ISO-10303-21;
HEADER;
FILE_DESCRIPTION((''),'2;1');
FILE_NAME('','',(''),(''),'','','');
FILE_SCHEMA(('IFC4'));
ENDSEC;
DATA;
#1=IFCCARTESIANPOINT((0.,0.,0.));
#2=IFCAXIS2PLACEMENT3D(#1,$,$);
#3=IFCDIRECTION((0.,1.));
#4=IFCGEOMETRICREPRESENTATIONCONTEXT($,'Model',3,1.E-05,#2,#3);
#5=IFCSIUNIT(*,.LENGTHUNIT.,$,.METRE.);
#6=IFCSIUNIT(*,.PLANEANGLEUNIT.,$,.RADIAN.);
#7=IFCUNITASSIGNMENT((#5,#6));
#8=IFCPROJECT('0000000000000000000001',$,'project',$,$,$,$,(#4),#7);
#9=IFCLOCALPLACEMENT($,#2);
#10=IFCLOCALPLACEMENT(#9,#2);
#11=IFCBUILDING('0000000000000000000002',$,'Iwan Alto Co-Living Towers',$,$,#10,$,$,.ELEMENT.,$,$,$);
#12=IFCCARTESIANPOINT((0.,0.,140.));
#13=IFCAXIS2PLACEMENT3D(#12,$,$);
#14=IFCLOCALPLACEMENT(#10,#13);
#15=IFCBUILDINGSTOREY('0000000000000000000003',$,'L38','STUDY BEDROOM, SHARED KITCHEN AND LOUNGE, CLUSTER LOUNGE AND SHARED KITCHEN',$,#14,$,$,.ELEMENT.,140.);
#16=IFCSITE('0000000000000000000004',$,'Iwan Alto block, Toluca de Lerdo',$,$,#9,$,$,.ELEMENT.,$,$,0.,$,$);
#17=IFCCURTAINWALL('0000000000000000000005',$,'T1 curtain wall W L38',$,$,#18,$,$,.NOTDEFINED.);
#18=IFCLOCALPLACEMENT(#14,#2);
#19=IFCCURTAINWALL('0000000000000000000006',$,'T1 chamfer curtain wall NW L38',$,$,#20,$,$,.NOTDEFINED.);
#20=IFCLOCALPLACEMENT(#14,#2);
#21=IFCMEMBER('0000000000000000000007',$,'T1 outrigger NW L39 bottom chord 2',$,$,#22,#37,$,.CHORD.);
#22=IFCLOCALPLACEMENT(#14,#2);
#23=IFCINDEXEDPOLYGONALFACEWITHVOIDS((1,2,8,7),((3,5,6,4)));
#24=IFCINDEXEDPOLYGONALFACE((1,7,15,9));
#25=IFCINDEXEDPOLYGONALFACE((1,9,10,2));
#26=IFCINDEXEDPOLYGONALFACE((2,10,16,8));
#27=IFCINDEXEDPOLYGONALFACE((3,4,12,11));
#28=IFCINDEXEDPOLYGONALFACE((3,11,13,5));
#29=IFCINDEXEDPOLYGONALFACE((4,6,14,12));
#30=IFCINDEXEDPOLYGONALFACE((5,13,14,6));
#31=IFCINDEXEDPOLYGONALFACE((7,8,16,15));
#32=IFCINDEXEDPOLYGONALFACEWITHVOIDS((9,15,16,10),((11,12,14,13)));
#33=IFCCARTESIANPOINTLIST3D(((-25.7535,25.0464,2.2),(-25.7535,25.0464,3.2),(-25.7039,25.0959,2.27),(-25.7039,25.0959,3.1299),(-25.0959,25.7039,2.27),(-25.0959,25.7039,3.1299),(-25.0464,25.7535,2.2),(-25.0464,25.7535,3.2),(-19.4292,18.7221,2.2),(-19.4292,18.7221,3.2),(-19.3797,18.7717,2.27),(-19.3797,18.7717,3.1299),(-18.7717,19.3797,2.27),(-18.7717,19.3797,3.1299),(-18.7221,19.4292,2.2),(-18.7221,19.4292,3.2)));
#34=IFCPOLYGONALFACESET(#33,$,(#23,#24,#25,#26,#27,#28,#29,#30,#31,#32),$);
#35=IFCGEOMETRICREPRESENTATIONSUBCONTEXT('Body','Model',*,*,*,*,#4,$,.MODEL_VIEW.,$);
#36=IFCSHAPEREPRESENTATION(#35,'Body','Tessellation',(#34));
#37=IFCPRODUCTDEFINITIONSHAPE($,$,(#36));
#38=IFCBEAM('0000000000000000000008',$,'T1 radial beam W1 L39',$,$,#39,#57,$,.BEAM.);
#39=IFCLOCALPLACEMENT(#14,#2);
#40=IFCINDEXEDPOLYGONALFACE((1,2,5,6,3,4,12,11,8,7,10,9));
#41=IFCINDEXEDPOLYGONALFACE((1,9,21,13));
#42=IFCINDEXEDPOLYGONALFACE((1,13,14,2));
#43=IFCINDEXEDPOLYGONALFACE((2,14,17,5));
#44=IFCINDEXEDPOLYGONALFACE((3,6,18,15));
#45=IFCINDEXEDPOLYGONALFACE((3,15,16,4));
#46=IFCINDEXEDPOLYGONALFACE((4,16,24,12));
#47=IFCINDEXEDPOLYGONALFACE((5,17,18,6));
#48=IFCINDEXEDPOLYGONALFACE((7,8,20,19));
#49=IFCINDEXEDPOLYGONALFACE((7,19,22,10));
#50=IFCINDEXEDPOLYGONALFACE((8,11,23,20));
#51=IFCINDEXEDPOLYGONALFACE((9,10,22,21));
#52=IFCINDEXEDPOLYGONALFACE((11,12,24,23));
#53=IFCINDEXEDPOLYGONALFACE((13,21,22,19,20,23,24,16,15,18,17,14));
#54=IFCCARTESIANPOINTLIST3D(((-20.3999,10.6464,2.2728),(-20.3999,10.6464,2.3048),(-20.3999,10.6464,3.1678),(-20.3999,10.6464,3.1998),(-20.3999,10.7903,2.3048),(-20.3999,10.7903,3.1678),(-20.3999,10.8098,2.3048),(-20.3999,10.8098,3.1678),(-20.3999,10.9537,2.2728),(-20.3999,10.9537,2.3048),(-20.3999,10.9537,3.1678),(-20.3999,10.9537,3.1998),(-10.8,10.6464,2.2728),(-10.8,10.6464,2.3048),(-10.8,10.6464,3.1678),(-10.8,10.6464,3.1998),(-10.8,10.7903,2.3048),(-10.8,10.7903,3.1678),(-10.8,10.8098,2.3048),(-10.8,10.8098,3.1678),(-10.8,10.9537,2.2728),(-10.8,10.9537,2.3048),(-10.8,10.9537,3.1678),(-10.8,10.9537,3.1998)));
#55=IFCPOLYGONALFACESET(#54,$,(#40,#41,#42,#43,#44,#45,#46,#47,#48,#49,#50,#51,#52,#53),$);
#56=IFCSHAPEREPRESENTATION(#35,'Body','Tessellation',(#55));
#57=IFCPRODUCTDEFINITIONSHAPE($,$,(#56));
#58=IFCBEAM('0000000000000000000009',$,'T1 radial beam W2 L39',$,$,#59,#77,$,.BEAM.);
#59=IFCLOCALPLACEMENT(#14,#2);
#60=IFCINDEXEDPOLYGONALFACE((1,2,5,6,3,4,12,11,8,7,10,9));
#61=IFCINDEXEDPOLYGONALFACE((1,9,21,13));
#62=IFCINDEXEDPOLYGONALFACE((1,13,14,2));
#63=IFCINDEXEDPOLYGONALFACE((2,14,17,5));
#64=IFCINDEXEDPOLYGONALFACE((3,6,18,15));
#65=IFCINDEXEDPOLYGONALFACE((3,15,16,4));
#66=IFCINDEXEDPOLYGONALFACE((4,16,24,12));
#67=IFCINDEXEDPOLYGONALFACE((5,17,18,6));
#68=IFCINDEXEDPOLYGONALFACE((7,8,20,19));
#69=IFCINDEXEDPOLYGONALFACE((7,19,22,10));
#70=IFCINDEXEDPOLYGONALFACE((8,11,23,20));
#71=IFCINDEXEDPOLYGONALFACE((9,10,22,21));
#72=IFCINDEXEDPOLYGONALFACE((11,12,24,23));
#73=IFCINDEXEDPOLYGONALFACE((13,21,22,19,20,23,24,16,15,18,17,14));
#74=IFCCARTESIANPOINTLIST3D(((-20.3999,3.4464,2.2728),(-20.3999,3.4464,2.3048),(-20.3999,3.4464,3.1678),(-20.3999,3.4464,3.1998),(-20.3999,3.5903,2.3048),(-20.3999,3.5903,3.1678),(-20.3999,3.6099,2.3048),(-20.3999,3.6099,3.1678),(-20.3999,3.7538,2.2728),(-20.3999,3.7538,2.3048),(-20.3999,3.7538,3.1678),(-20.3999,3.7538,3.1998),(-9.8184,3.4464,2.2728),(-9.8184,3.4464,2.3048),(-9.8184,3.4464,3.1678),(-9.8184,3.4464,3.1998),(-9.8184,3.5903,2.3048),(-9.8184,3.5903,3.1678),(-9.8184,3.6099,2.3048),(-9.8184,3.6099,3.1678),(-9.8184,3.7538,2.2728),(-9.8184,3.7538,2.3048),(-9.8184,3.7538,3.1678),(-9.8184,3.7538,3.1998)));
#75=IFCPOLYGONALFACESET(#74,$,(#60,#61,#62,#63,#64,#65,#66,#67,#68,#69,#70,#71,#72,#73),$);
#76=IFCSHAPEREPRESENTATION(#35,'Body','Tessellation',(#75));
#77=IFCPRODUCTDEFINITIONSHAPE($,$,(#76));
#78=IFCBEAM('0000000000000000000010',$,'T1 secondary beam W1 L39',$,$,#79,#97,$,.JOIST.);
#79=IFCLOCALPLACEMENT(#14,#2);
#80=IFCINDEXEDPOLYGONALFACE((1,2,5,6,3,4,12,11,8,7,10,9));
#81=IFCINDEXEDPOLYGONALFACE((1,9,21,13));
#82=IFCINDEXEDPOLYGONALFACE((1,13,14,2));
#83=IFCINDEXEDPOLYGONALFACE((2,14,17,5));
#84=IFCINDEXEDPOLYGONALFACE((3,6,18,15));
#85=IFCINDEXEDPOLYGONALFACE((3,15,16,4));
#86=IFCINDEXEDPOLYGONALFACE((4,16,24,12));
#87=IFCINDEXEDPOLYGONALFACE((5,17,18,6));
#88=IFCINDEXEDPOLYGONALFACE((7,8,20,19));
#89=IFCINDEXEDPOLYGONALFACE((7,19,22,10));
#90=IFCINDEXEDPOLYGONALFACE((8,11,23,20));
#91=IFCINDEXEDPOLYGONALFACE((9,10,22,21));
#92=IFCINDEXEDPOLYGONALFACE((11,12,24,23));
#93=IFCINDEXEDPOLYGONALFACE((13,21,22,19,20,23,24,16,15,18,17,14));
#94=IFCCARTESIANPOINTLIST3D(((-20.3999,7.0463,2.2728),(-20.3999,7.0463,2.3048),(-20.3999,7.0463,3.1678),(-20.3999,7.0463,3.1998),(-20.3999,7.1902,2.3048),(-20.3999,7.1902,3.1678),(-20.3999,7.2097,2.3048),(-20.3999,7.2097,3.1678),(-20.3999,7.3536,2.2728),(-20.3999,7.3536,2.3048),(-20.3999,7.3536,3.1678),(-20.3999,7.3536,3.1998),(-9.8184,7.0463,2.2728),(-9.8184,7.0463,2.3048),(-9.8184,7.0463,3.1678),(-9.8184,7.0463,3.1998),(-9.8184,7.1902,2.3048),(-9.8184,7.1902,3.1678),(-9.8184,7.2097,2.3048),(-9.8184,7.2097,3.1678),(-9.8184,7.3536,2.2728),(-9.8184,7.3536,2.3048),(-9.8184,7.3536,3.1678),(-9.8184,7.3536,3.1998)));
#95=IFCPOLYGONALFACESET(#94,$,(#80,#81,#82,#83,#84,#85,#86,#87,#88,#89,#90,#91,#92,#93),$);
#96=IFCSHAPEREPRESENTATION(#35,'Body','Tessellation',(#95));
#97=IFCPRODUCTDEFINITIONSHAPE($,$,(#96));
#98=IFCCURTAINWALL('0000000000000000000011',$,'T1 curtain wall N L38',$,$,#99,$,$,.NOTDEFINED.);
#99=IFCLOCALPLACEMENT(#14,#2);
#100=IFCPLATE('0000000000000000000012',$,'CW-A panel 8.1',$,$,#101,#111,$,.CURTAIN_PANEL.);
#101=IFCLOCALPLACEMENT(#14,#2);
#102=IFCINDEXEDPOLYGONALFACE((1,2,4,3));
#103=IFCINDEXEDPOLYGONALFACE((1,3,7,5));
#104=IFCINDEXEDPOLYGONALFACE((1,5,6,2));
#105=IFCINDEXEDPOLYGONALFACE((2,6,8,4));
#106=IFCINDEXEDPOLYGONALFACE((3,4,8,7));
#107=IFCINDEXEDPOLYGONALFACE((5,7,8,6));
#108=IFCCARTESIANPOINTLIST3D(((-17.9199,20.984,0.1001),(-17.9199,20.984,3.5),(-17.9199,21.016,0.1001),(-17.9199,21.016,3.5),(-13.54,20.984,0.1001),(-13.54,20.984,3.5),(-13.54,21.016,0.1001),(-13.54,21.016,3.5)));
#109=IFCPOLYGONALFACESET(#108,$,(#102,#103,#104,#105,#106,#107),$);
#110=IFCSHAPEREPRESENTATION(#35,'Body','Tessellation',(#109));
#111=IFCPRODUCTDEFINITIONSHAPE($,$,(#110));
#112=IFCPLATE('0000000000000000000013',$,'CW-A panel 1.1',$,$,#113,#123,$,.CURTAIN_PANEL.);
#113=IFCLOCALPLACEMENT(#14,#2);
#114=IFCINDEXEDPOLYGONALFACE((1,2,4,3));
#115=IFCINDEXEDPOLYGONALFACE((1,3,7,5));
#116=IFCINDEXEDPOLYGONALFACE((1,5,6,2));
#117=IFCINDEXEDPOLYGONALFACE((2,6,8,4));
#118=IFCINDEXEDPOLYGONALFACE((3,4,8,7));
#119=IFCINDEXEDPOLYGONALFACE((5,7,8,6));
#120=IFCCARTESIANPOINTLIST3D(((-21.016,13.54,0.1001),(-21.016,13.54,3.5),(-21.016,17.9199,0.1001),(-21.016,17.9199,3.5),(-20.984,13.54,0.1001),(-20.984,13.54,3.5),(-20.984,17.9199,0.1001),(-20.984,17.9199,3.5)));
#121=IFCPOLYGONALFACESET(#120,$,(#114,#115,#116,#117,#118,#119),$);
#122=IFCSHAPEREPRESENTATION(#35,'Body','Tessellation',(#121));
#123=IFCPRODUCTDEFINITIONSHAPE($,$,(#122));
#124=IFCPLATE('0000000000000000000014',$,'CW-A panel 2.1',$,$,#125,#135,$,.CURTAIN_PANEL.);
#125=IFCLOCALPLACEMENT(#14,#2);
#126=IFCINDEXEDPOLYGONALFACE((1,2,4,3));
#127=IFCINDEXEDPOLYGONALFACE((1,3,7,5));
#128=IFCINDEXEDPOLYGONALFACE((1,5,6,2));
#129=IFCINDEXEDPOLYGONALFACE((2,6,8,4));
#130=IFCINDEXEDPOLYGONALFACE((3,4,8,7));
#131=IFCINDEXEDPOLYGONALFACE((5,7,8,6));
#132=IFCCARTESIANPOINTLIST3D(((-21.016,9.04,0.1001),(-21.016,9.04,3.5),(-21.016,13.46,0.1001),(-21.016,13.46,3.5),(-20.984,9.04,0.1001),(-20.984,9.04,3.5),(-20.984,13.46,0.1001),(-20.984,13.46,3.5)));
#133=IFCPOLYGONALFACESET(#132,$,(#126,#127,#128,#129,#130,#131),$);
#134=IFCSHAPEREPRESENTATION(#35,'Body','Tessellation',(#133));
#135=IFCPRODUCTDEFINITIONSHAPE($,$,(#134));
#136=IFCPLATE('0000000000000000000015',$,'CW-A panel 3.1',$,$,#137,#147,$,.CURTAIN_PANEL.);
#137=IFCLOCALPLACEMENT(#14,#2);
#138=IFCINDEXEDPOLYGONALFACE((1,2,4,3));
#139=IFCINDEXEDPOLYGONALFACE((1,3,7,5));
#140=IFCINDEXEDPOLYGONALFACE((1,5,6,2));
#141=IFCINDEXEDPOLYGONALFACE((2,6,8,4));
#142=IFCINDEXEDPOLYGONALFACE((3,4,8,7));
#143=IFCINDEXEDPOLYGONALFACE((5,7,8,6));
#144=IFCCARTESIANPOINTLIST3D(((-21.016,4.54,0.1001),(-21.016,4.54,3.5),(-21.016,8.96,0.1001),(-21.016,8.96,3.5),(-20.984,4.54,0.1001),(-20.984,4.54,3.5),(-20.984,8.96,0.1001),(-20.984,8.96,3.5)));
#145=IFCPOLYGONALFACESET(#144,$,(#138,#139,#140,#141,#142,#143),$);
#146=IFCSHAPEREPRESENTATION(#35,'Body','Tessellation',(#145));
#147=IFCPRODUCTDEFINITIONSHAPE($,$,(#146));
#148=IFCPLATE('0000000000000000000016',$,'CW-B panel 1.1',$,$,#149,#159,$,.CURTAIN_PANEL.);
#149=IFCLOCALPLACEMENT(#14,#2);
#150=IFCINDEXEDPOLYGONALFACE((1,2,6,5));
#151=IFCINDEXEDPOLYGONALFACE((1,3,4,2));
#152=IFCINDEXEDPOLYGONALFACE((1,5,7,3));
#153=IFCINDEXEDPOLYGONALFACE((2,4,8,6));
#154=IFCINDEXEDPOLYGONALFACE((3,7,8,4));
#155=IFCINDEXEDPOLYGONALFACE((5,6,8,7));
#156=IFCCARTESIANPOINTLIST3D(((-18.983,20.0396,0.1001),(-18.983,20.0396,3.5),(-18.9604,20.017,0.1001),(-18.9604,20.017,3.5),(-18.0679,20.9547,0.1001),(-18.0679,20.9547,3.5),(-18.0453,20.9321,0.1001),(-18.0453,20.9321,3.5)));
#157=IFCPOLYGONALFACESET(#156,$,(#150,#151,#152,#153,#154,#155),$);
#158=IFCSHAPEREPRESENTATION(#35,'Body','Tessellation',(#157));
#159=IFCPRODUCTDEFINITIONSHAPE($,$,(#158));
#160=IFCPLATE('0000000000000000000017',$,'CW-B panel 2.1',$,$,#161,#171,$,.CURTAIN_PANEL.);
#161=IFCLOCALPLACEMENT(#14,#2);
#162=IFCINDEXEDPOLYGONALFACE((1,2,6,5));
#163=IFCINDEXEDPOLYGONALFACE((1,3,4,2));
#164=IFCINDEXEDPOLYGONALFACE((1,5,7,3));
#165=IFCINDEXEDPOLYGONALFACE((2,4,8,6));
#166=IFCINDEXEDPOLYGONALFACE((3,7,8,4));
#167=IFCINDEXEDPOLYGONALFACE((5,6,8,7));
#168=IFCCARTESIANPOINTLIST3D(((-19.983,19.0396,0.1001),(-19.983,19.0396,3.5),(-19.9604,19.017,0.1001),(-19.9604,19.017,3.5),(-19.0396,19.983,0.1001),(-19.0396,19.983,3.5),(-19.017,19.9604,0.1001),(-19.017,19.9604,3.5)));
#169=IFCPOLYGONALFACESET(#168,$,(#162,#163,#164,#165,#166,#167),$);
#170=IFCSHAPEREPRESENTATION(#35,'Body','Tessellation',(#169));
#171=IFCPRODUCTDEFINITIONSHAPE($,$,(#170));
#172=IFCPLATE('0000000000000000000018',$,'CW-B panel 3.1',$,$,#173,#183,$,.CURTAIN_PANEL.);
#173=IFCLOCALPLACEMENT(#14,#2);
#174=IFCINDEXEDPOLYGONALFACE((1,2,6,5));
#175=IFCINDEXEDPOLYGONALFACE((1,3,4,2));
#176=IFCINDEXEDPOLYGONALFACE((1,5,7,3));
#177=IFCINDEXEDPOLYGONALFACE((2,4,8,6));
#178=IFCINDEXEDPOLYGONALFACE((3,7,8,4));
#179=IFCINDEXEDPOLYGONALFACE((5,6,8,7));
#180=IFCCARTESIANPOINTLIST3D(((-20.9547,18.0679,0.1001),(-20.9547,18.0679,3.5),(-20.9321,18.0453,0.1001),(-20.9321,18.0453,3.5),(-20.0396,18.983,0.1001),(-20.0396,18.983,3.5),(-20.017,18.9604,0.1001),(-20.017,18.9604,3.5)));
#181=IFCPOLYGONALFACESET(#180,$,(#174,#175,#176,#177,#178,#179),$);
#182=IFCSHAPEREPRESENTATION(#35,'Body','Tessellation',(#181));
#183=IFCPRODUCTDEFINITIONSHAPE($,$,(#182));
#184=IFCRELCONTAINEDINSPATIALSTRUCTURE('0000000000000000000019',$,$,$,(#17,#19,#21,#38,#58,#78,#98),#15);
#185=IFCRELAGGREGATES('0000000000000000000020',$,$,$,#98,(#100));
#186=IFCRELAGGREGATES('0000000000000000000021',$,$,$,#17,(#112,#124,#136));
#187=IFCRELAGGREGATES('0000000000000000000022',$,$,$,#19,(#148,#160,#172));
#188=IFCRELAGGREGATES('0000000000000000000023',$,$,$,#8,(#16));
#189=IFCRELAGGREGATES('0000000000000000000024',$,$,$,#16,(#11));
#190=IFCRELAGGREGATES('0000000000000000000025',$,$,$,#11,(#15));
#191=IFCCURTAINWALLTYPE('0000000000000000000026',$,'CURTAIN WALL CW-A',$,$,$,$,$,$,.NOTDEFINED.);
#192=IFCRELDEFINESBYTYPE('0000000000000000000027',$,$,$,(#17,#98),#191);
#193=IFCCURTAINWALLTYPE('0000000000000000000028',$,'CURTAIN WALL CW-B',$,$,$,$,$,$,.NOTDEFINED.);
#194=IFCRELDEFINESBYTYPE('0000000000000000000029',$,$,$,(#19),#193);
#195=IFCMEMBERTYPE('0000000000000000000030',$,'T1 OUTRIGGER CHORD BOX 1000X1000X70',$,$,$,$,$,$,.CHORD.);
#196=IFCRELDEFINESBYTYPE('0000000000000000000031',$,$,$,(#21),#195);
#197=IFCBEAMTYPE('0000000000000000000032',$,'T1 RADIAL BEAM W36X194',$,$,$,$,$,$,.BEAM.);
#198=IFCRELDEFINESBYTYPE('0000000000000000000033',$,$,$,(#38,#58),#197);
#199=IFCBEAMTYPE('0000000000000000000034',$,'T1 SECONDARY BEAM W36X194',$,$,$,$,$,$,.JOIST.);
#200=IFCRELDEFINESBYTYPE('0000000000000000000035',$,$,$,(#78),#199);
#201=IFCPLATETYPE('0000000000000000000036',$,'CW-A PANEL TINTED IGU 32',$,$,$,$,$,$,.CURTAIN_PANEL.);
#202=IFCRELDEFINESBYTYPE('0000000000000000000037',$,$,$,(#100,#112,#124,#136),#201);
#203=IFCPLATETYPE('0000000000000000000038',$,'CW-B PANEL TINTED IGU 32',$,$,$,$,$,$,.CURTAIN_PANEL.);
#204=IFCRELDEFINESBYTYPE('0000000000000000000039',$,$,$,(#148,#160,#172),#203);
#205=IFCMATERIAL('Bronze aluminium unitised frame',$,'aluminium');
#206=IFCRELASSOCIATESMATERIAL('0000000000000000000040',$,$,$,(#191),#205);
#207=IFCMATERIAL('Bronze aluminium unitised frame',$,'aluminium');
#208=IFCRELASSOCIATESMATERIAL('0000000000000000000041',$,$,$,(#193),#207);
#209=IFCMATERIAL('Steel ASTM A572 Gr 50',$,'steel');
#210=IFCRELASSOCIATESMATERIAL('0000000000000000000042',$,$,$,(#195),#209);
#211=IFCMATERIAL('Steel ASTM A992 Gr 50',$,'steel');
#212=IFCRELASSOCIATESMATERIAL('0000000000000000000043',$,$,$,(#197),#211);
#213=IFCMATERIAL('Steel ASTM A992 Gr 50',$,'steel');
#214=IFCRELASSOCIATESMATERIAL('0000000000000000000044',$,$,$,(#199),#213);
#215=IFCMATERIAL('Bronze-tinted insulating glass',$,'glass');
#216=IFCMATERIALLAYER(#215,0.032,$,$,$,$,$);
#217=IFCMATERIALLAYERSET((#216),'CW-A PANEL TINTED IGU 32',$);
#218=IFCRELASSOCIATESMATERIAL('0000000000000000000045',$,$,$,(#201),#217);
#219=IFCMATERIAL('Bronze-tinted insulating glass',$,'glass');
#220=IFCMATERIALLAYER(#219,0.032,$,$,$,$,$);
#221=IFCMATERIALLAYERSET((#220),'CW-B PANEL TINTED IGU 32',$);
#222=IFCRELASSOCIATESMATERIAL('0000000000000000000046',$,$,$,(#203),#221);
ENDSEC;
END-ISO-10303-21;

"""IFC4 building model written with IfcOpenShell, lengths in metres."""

from ifc_helpers import new_model, si_unit, direction, frame, origin, origin_2d, place, context, subcontext, project, spatial, rectangle, hollow_rectangle, i_section, extrude, material, layer, layer_set, material_profile, profile_set, type_object, element, aggregate, save


model = new_model("IFC4")

# Units and contexts
model_context = context("Model", 3, precision=1e-05, world=origin(), true_north=direction((0.0, 1.0)))
body_context = subcontext(model_context, "Body", "Model", "MODEL_VIEW")
ifc_project = project(units=[si_unit("LENGTHUNIT", "METRE"), si_unit("PLANEANGLEUNIT", "RADIAN")], contexts=[model_context])

# Site, building, storey
site_placement = place(None, origin())
site = spatial("IfcSite", under=ifc_project, at=site_placement, Name="Iwan Alto block, Toluca de Lerdo", CompositionType="ELEMENT", RefElevation=0.0)
building_placement = place(site_placement, origin())
building = spatial("IfcBuilding", under=site, at=building_placement, Name="Iwan Alto Co-Living Towers", CompositionType="ELEMENT")
storey_placement = place(building_placement, frame((0.0, 0.0, 140.0)))
storey = spatial("IfcBuildingStorey", under=building, at=storey_placement, Name="L38", Description="STUDY BEDROOM, SHARED KITCHEN AND LOUNGE, CLUSTER LOUNGE AND SHARED KITCHEN", CompositionType="ELEMENT", Elevation=140.0)

# Curtain walls
ifc_material_1 = material(Name="Bronze aluminium unitised frame", Category="aluminium")
curtain_wall_type_1 = type_object("IfcCurtainWallType", Name="CURTAIN WALL CW-A", PredefinedType="NOTDEFINED", material=ifc_material_1)
curtain_wall_1_placement = place(storey_placement, origin())
curtain_wall_1 = element("IfcCurtainWall", 1, at=curtain_wall_1_placement, inside=storey, type_object=curtain_wall_type_1, Name="T1 curtain wall W L38", PredefinedType="NOTDEFINED")
ifc_material_2 = material(Name="Bronze aluminium unitised frame", Category="aluminium")
curtain_wall_type_2 = type_object("IfcCurtainWallType", Name="CURTAIN WALL CW-B", PredefinedType="NOTDEFINED", material=ifc_material_2)
curtain_wall_2_placement = place(storey_placement, origin())
curtain_wall_2 = element("IfcCurtainWall", 2, at=curtain_wall_2_placement, inside=storey, type_object=curtain_wall_type_2, Name="T1 chamfer curtain wall NW L38", PredefinedType="NOTDEFINED")

# Member
ifc_material_3 = material(Name="Steel ASTM A572 Gr 50", Category="steel")
ifc_material_profile_1 = material_profile(ifc_material_3, hollow_rectangle(XDim=1.0, YDim=1.0, WallThickness=0.0701, at=origin_2d()), Name="BOX 1000X1000X70")
ifc_profile_set_1 = profile_set([ifc_material_profile_1], Name="Steel ASTM A572 Gr 50")
member_type_1 = type_object("IfcMemberType", Name="T1 OUTRIGGER CHORD BOX 1000X1000X70", PredefinedType="CHORD", material=ifc_profile_set_1)
member_1_placement = place(storey_placement, frame((-19.0757, 19.0757, 2.7), z_axis=(-0.707107, 0.707107, 0.0), x_axis=(-0.707107, -0.707107, 0.0)))
element("IfcMember", 3, at=member_1_placement, inside=storey, type_object=member_type_1, Name="T1 outrigger NW L39 bottom chord 2", PredefinedType="CHORD", context=body_context, shape_type="SweptSolid", body=[
    extrude(hollow_rectangle(XDim=1.0, YDim=1.0, WallThickness=0.0701, at=origin_2d()), origin(), (0.0, 0.0, 1.0), 8.9438),
])

# Beams
ifc_material_4 = material(Name="Steel ASTM A992 Gr 50", Category="steel")
ifc_material_profile_2 = material_profile(ifc_material_4, i_section(OverallWidth=0.3074, OverallDepth=0.927, WebThickness=0.0195, FlangeThickness=0.032, at=origin_2d()), Name="W36X194")
ifc_profile_set_2 = profile_set([ifc_material_profile_2], Name="Steel ASTM A992 Gr 50")
beam_type_1 = type_object("IfcBeamType", Name="T1 RADIAL BEAM W36X194", PredefinedType="BEAM", material=ifc_profile_set_2)
beam_1_placement = place(storey_placement, frame((-20.3999, 10.8, 2.7363), z_axis=(1.0, 0.0, 0.0), x_axis=(0.0, 1.0, 0.0)))
element("IfcBeam", 4, at=beam_1_placement, inside=storey, type_object=beam_type_1, Name="T1 radial beam W1 L39", PredefinedType="BEAM", context=body_context, shape_type="SweptSolid", body=[
    extrude(i_section(OverallWidth=0.3074, OverallDepth=0.927, WebThickness=0.0195, FlangeThickness=0.032, at=origin_2d()), origin(), (0.0, 0.0, 1.0), 9.5999),
])
beam_2_placement = place(storey_placement, frame((-20.3999, 3.6001, 2.7363), z_axis=(1.0, 0.0, 0.0), x_axis=(0.0, 1.0, 0.0)))
element("IfcBeam", 5, at=beam_2_placement, inside=storey, type_object=beam_type_1, Name="T1 radial beam W2 L39", PredefinedType="BEAM", context=body_context, shape_type="SweptSolid", body=[
    extrude(i_section(OverallWidth=0.3074, OverallDepth=0.927, WebThickness=0.0195, FlangeThickness=0.032, at=origin_2d()), origin(), (0.0, 0.0, 1.0), 10.5815),
])
ifc_material_5 = material(Name="Steel ASTM A992 Gr 50", Category="steel")
ifc_material_profile_3 = material_profile(ifc_material_5, i_section(OverallWidth=0.3074, OverallDepth=0.927, WebThickness=0.0195, FlangeThickness=0.032, at=origin_2d()), Name="W36X194")
ifc_profile_set_3 = profile_set([ifc_material_profile_3], Name="Steel ASTM A992 Gr 50")
beam_type_2 = type_object("IfcBeamType", Name="T1 SECONDARY BEAM W36X194", PredefinedType="JOIST", material=ifc_profile_set_3)
beam_3_placement = place(storey_placement, frame((-20.3999, 7.2, 2.7363), z_axis=(1.0, 0.0, 0.0), x_axis=(0.0, 1.0, 0.0)))
element("IfcBeam", 6, at=beam_3_placement, inside=storey, type_object=beam_type_2, Name="T1 secondary beam W1 L39", PredefinedType="JOIST", context=body_context, shape_type="SweptSolid", body=[
    extrude(i_section(OverallWidth=0.3074, OverallDepth=0.927, WebThickness=0.0195, FlangeThickness=0.032, at=origin_2d()), origin(), (0.0, 0.0, 1.0), 10.5815),
])

# Curtain wall, plate
curtain_wall_3_placement = place(storey_placement, origin())
curtain_wall_3 = element("IfcCurtainWall", 7, at=curtain_wall_3_placement, inside=storey, type_object=curtain_wall_type_1, Name="T1 curtain wall N L38", PredefinedType="NOTDEFINED")
ifc_material_6 = material(Name="Bronze-tinted insulating glass", Category="glass")
ifc_layer_1 = layer(ifc_material_6, 0.032)
ifc_layer_set_1 = layer_set([ifc_layer_1], Name="CW-A PANEL TINTED IGU 32")
plate_type_1 = type_object("IfcPlateType", Name="CW-A PANEL TINTED IGU 32", PredefinedType="CURTAIN_PANEL", material=ifc_layer_set_1)
plate_1_placement = place(storey_placement, frame((-15.73, 21.0, 0.1001), z_axis=(0.0, 0.0, 1.0), x_axis=(-1.0, 0.0, 0.0)))
plate_1 = element("IfcPlate", 8, at=plate_1_placement, type_object=plate_type_1, Name="CW-A panel 8.1", PredefinedType="CURTAIN_PANEL", context=body_context, shape_type="SweptSolid", body=[
    extrude(rectangle(XDim=4.3799, YDim=0.032, at=origin_2d()), origin(), (0.0, 0.0, 1.0), 3.3999),
])
aggregate(curtain_wall_3, [plate_1])

# Plates
plate_2_placement = place(storey_placement, frame((-21.0, 15.73, 0.1001), z_axis=(0.0, 0.0, 1.0), x_axis=(0.0, -1.0, 0.0)))
plate_2 = element("IfcPlate", 9, at=plate_2_placement, type_object=plate_type_1, Name="CW-A panel 1.1", PredefinedType="CURTAIN_PANEL", context=body_context, shape_type="SweptSolid", body=[
    extrude(rectangle(XDim=4.3799, YDim=0.032, at=origin_2d()), origin(), (0.0, 0.0, 1.0), 3.3999),
])
plate_3_placement = place(storey_placement, frame((-21.0, 11.25, 0.1001), z_axis=(0.0, 0.0, 1.0), x_axis=(0.0, -1.0, 0.0)))
plate_3 = element("IfcPlate", 10, at=plate_3_placement, type_object=plate_type_1, Name="CW-A panel 2.1", PredefinedType="CURTAIN_PANEL", context=body_context, shape_type="SweptSolid", body=[
    extrude(rectangle(XDim=4.4199, YDim=0.032, at=origin_2d()), origin(), (0.0, 0.0, 1.0), 3.3999),
])
plate_4_placement = place(storey_placement, frame((-21.0, 6.75, 0.1001), z_axis=(0.0, 0.0, 1.0), x_axis=(0.0, -1.0, 0.0)))
plate_4 = element("IfcPlate", 11, at=plate_4_placement, type_object=plate_type_1, Name="CW-A panel 3.1", PredefinedType="CURTAIN_PANEL", context=body_context, shape_type="SweptSolid", body=[
    extrude(rectangle(XDim=4.4199, YDim=0.032, at=origin_2d()), origin(), (0.0, 0.0, 1.0), 3.3999),
])
aggregate(curtain_wall_1, [plate_2, plate_3, plate_4])
ifc_material_7 = material(Name="Bronze-tinted insulating glass", Category="glass")
ifc_layer_2 = layer(ifc_material_7, 0.032)
ifc_layer_set_2 = layer_set([ifc_layer_2], Name="CW-B PANEL TINTED IGU 32")
plate_type_2 = type_object("IfcPlateType", Name="CW-B PANEL TINTED IGU 32", PredefinedType="CURTAIN_PANEL", material=ifc_layer_set_2)
plate_5_placement = place(storey_placement, frame((-18.5142, 20.4858, 0.1001), z_axis=(0.0, 0.0, 1.0), x_axis=(-0.707107, -0.707107, 0.0)))
plate_5 = element("IfcPlate", 12, at=plate_5_placement, type_object=plate_type_2, Name="CW-B panel 1.1", PredefinedType="CURTAIN_PANEL", context=body_context, shape_type="SweptSolid", body=[
    extrude(rectangle(XDim=1.2942, YDim=0.032, at=origin_2d()), origin(), (0.0, 0.0, 1.0), 3.3999),
])
plate_6_placement = place(storey_placement, frame((-19.5, 19.5, 0.1001), z_axis=(0.0, 0.0, 1.0), x_axis=(-0.707107, -0.707107, 0.0)))
plate_6 = element("IfcPlate", 13, at=plate_6_placement, type_object=plate_type_2, Name="CW-B panel 2.1", PredefinedType="CURTAIN_PANEL", context=body_context, shape_type="SweptSolid", body=[
    extrude(rectangle(XDim=1.3342, YDim=0.032, at=origin_2d()), origin(), (0.0, 0.0, 1.0), 3.3999),
])
plate_7_placement = place(storey_placement, frame((-20.4858, 18.5142, 0.1001), z_axis=(0.0, 0.0, 1.0), x_axis=(-0.707107, -0.707107, 0.0)))
plate_7 = element("IfcPlate", 14, at=plate_7_placement, type_object=plate_type_2, Name="CW-B panel 3.1", PredefinedType="CURTAIN_PANEL", context=body_context, shape_type="SweptSolid", body=[
    extrude(rectangle(XDim=1.2942, YDim=0.032, at=origin_2d()), origin(), (0.0, 0.0, 1.0), 3.3999),
])
aggregate(curtain_wall_2, [plate_5, plate_6, plate_7])

save(model, "model.ifc")
